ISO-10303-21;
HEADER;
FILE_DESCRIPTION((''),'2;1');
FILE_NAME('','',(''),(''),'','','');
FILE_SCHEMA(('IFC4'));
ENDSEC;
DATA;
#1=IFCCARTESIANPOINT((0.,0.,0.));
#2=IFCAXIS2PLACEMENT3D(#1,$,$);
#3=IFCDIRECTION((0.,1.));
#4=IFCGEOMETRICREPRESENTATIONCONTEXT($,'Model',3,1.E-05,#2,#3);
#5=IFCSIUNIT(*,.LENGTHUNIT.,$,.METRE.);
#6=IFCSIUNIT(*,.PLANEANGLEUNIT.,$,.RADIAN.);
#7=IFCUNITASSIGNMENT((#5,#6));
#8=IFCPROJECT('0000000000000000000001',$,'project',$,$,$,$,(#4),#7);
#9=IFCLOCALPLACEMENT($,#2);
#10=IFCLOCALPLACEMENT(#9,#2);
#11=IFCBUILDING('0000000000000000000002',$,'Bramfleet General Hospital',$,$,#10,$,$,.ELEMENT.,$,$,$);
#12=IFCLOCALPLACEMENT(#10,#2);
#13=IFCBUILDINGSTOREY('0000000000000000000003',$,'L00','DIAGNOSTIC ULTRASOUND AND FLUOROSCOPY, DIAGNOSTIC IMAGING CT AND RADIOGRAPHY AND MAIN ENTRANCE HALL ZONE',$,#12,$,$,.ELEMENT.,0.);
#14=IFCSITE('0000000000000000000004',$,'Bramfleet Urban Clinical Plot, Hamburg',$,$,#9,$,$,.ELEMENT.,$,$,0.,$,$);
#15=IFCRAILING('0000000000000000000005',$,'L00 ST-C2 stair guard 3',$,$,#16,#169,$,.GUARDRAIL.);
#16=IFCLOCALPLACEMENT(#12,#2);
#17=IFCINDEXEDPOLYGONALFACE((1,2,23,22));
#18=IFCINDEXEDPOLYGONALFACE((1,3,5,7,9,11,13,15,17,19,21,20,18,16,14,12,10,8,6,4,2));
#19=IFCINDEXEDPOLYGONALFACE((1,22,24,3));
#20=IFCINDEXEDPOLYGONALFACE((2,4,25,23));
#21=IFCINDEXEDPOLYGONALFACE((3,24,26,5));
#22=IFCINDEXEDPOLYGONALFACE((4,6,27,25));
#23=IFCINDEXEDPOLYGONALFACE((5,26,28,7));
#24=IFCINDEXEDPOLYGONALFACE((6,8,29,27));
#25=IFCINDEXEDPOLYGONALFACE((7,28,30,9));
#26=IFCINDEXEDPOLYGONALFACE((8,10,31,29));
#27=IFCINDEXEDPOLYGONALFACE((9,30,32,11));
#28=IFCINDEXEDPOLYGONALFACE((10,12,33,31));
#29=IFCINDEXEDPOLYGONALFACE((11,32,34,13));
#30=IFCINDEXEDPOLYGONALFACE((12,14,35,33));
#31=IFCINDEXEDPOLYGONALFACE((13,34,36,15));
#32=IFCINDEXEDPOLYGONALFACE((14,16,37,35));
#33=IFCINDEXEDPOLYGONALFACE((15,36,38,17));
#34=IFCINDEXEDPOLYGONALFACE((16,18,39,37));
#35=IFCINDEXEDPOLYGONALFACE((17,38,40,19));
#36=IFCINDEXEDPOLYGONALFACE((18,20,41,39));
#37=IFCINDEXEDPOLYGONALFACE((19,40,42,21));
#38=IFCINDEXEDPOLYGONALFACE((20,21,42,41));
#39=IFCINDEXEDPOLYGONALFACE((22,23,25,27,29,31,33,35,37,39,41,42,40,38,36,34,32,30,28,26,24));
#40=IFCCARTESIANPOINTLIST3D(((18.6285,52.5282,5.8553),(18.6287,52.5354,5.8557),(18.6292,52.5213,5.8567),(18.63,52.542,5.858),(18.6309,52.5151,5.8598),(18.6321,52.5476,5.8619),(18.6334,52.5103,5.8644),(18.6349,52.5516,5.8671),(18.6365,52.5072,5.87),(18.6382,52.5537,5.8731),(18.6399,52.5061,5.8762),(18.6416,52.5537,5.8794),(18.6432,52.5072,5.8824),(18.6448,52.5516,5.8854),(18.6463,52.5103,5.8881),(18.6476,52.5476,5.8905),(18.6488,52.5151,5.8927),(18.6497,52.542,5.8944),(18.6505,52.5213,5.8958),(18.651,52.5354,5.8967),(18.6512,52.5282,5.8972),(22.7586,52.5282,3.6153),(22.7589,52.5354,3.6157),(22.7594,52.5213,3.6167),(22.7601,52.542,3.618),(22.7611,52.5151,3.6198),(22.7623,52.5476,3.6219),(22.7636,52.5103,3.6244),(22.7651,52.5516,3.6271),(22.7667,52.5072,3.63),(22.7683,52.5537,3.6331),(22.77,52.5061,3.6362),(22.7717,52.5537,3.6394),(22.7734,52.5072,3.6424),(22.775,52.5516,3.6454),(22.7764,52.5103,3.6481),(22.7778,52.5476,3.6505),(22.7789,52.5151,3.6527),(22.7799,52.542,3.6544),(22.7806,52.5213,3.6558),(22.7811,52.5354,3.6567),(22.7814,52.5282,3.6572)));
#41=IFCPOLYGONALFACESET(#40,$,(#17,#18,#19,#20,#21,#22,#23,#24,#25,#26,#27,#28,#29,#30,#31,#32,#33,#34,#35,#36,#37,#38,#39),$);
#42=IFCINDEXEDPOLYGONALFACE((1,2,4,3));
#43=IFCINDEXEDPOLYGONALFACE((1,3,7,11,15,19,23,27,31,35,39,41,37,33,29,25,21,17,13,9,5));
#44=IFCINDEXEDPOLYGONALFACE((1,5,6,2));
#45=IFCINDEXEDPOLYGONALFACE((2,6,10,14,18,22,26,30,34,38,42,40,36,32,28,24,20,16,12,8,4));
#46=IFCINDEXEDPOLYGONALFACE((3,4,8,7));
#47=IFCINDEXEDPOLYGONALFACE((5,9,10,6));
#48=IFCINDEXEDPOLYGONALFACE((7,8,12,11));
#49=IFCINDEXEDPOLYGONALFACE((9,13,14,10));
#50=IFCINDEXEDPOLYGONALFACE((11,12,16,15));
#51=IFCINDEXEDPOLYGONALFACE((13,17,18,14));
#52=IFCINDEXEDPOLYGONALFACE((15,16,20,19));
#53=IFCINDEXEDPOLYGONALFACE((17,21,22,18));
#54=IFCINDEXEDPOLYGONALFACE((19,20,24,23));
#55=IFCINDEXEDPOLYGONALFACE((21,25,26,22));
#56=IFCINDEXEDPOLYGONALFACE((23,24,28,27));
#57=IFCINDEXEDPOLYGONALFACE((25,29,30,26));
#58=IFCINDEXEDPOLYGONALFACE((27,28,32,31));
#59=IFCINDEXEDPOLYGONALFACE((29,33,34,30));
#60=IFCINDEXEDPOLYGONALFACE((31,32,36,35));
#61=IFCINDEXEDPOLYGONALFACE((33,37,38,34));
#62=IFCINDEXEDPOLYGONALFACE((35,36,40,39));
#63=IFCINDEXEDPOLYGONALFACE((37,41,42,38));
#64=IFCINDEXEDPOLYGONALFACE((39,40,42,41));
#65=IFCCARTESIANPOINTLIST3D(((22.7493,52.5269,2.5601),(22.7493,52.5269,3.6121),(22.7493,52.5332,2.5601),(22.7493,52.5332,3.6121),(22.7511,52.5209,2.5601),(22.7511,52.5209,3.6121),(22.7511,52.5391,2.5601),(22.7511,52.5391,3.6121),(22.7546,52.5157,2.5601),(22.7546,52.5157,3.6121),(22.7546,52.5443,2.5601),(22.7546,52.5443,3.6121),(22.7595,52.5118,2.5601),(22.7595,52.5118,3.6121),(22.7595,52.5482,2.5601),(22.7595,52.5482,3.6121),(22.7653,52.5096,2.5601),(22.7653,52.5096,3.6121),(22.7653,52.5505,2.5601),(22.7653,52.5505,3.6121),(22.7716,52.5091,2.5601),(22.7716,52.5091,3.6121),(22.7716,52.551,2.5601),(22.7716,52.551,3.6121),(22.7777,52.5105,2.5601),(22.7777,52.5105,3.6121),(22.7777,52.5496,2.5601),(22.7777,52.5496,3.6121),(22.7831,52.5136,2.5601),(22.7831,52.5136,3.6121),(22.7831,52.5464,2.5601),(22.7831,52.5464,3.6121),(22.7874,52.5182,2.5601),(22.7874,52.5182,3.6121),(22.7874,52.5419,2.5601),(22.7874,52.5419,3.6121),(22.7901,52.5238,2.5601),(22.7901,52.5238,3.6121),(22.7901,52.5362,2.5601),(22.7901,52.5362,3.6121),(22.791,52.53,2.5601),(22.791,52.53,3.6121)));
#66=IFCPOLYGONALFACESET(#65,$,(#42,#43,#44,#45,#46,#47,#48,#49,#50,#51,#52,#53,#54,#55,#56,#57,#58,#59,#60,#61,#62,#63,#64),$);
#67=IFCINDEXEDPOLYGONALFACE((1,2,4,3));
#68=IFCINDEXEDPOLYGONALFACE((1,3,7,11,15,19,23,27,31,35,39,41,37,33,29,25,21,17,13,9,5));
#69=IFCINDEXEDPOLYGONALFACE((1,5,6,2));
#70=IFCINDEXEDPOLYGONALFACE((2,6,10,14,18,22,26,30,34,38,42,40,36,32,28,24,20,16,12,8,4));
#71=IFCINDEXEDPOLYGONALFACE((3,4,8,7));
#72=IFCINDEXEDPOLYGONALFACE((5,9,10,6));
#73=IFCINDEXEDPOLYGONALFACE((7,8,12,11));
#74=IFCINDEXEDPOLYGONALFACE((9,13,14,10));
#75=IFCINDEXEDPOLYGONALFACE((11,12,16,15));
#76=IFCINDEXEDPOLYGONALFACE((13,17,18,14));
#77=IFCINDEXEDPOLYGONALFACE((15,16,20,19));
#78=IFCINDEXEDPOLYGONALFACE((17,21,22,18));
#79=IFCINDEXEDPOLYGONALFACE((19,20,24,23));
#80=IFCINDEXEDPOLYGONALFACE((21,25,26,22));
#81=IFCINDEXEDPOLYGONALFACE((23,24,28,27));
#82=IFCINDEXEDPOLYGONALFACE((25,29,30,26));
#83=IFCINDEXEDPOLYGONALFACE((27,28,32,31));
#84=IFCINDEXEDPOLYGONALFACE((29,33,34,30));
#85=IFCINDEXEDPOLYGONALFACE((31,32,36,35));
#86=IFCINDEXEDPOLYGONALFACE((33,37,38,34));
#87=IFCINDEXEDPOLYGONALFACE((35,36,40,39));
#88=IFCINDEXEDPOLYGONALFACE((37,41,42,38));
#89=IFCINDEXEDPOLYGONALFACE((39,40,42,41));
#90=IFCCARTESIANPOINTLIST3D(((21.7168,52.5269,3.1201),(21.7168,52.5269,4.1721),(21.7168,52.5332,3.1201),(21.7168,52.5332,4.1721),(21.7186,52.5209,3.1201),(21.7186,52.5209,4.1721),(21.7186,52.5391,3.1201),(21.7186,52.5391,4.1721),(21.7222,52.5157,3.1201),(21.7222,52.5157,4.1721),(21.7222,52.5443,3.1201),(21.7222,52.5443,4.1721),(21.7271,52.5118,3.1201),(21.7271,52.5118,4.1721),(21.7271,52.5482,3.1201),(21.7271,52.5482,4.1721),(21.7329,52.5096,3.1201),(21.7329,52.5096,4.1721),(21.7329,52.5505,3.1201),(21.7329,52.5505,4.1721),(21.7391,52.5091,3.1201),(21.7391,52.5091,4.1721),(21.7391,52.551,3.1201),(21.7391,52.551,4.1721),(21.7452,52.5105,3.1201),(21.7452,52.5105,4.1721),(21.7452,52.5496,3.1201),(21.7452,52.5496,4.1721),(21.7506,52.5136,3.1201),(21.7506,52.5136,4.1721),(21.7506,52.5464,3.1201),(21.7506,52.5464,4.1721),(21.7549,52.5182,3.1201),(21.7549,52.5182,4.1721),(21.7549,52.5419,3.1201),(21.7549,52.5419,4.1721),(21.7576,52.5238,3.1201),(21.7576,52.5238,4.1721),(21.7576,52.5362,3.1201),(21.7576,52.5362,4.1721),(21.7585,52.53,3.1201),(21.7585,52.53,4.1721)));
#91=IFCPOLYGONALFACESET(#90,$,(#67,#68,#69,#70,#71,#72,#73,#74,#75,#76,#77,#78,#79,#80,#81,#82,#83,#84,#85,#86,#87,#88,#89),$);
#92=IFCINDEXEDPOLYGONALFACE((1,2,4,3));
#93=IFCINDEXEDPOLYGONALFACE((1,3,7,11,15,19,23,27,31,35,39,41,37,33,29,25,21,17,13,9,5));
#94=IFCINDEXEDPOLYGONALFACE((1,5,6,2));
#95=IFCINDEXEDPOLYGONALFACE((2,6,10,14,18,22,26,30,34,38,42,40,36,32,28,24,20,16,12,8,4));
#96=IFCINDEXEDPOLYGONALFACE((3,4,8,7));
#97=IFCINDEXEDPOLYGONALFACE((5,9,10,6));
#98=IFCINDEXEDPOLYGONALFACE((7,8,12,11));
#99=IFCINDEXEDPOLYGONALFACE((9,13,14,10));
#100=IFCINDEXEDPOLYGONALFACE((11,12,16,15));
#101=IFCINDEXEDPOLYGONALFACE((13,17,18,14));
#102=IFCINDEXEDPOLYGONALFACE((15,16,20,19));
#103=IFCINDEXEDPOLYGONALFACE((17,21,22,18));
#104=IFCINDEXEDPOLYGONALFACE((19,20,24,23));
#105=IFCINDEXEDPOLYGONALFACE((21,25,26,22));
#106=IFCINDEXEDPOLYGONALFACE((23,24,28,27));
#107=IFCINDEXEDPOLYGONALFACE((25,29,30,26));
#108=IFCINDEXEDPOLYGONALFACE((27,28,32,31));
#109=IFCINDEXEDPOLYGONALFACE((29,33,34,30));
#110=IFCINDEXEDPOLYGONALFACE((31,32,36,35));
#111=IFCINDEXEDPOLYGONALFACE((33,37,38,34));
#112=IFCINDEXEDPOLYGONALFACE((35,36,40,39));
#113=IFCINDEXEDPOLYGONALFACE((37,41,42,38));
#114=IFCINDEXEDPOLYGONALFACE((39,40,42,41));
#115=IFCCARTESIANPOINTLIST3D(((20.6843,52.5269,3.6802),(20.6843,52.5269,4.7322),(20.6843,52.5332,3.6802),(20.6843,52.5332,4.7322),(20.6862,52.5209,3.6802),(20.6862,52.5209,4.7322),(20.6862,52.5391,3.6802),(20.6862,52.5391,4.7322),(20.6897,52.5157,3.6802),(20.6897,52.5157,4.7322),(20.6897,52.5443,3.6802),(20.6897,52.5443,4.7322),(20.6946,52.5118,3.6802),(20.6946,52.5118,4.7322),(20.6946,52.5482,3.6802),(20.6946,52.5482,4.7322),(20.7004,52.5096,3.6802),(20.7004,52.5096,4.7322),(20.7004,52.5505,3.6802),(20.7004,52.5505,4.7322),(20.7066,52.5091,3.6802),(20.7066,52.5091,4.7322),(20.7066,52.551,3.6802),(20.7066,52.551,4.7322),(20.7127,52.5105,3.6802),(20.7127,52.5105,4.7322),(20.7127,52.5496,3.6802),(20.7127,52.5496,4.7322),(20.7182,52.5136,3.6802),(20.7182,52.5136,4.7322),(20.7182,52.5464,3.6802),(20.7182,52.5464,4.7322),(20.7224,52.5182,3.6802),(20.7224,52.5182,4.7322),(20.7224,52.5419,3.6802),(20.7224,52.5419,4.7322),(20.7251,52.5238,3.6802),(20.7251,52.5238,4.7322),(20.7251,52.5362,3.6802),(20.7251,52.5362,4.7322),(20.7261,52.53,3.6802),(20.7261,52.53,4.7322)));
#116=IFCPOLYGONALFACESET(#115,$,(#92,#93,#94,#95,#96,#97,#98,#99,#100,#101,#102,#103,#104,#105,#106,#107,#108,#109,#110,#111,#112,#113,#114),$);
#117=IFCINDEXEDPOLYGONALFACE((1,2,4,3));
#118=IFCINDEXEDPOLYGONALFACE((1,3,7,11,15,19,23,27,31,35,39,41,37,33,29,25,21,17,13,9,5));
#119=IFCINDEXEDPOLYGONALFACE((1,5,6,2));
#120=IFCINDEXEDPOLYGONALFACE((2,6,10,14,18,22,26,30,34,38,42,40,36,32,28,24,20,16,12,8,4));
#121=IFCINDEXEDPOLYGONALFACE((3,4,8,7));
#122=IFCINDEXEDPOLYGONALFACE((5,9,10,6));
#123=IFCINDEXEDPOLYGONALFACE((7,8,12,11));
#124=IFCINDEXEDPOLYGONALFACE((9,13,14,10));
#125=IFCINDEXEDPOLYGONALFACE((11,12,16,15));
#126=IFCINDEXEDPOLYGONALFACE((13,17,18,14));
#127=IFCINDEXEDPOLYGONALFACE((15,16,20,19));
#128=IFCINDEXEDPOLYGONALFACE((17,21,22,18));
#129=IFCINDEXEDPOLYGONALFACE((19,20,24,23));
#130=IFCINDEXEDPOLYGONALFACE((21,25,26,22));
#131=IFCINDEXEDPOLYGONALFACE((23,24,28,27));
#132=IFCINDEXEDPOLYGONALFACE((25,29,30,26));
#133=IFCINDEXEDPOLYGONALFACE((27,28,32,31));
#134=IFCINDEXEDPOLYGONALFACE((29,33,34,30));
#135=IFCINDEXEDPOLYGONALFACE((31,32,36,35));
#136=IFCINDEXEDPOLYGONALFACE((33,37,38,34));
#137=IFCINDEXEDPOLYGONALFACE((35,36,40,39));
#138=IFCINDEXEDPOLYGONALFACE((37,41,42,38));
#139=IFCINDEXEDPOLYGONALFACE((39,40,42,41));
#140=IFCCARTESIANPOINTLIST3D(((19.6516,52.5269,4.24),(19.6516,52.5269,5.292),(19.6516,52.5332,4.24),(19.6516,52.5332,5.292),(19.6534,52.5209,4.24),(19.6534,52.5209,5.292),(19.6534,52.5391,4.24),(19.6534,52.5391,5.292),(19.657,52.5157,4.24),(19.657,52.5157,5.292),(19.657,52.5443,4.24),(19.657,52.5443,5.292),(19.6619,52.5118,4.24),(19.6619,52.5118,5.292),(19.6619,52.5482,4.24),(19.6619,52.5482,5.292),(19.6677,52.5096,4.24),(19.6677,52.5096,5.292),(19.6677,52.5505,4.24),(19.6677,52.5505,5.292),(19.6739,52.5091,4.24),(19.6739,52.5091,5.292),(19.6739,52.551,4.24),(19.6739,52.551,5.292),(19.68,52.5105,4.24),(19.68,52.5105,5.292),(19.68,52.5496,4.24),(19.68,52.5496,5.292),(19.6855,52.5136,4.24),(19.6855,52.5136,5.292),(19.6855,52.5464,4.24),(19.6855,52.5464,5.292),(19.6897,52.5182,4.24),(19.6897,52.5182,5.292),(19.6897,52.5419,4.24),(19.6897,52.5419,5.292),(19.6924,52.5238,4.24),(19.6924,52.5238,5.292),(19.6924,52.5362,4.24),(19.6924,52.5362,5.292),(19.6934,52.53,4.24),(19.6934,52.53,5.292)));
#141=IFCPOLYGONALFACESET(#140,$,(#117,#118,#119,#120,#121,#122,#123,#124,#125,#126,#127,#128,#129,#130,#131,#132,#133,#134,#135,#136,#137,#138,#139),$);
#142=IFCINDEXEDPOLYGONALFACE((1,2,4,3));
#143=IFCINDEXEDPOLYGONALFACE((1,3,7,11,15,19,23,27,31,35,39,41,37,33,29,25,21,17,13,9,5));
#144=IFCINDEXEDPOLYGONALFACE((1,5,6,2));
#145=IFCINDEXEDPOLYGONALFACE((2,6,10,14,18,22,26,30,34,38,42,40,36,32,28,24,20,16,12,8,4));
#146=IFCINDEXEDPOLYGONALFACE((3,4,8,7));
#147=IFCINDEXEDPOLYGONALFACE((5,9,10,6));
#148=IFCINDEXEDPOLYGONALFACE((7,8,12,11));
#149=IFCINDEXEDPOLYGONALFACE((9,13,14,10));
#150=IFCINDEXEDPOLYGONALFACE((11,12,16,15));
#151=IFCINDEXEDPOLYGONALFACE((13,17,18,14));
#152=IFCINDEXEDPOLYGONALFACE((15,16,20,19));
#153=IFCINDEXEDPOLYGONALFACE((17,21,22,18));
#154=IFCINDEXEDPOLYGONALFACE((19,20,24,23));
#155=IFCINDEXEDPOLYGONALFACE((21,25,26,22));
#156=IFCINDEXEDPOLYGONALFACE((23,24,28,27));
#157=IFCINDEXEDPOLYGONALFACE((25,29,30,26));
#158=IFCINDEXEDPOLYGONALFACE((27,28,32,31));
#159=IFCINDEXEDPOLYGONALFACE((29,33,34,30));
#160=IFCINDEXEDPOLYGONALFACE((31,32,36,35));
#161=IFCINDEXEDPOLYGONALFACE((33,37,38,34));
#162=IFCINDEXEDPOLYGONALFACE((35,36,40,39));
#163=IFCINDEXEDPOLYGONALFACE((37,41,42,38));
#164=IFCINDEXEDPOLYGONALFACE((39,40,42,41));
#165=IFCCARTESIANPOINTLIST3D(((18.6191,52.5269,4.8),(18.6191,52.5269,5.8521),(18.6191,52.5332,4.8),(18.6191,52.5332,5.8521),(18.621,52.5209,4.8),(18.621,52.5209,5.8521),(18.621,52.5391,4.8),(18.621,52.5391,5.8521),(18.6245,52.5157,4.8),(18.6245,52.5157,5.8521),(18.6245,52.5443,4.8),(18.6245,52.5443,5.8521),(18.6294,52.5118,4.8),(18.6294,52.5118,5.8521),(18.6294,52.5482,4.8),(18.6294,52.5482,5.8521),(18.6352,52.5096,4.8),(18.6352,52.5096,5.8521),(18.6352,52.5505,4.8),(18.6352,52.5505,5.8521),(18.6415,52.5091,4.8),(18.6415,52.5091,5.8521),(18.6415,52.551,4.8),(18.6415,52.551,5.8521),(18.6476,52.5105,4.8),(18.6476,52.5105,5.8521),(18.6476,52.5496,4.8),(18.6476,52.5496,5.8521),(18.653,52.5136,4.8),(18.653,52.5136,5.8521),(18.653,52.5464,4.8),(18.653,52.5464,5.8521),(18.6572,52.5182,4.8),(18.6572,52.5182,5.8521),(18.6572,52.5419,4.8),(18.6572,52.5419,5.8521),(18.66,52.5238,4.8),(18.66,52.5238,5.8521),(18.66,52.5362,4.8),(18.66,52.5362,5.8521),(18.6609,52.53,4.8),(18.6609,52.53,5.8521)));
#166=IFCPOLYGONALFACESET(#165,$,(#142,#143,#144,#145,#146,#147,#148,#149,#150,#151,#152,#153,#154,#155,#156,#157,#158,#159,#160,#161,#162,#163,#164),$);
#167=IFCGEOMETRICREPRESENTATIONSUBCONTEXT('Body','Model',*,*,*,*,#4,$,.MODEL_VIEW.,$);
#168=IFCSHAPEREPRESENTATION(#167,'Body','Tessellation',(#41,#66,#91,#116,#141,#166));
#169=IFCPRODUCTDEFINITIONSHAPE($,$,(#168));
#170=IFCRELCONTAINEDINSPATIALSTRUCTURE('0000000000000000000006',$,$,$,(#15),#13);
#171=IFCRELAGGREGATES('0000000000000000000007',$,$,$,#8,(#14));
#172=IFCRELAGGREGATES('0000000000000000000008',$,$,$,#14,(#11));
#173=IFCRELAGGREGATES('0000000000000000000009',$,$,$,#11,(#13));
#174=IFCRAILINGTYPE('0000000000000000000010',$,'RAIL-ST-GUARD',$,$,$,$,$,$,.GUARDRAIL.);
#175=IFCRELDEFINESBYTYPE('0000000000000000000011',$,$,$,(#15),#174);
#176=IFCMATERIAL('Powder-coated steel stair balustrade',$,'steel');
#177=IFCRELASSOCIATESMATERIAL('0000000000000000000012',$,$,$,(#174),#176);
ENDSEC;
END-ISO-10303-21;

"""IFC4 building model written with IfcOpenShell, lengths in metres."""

from ifc_helpers import new_model, si_unit, direction, frame, origin, origin_2d, place, context, subcontext, project, spatial, circle, extrude, material, type_object, element, save


model = new_model("IFC4")

# Units and contexts
model_context = context("Model", 3, precision=1e-05, world=origin(), true_north=direction((0.0, 1.0)))
body_context = subcontext(model_context, "Body", "Model", "MODEL_VIEW")
ifc_project = project(units=[si_unit("LENGTHUNIT", "METRE"), si_unit("PLANEANGLEUNIT", "RADIAN")], contexts=[model_context])

# Site, building, storey
site_placement = place(None, origin())
site = spatial("IfcSite", under=ifc_project, at=site_placement, Name="Bramfleet Urban Clinical Plot, Hamburg", CompositionType="ELEMENT", RefElevation=0.0)
building_placement = place(site_placement, origin())
building = spatial("IfcBuilding", under=site, at=building_placement, Name="Bramfleet General Hospital", CompositionType="ELEMENT")
storey_placement = place(building_placement, origin())
storey = spatial("IfcBuildingStorey", under=building, at=storey_placement, Name="L00", Description="DIAGNOSTIC ULTRASOUND AND FLUOROSCOPY, DIAGNOSTIC IMAGING CT AND RADIOGRAPHY AND MAIN ENTRANCE HALL ZONE", CompositionType="ELEMENT", Elevation=0.0)

# Railing
ifc_material_1 = material(Name="Powder-coated steel stair balustrade", Category="steel")
railing_type_1 = type_object("IfcRailingType", Name="RAIL-ST-GUARD", PredefinedType="GUARDRAIL", material=ifc_material_1)
railing_1_placement = place(storey_placement, frame((22.77, 52.53, 2.5601)))
element("IfcRailing", 1, at=railing_1_placement, inside=storey, type_object=railing_type_1, Name="L00 ST-C2 stair guard 3", PredefinedType="GUARDRAIL", context=body_context, shape_type="SweptSolid", body=[
    extrude(circle(Radius=0.0239, at=origin_2d()), frame((0.0, 0.0, 1.0762), z_axis=(-0.879039, 0.0, 0.47675), x_axis=(0.0, -1.0, 0.0)), (0.0, 0.0, 1.0), 4.6985),
    extrude(circle(Radius=0.021, at=origin_2d()), origin(), (0.0, 0.0, 1.0), 1.052),
    extrude(circle(Radius=0.021, at=origin_2d()), frame((-1.0325, 0.0, 0.5601)), (0.0, 0.0, 1.0), 1.052),
    extrude(circle(Radius=0.021, at=origin_2d()), frame((-2.0649, 0.0, 1.1201)), (0.0, 0.0, 1.0), 1.052),
    extrude(circle(Radius=0.021, at=origin_2d()), frame((-3.0977, 0.0, 1.6799)), (0.0, 0.0, 1.0), 1.052),
    extrude(circle(Radius=0.021, at=origin_2d()), frame((-4.1301, 0.0, 2.24)), (0.0, 0.0, 1.0), 1.052),
])

save(model, "model.ifc")
